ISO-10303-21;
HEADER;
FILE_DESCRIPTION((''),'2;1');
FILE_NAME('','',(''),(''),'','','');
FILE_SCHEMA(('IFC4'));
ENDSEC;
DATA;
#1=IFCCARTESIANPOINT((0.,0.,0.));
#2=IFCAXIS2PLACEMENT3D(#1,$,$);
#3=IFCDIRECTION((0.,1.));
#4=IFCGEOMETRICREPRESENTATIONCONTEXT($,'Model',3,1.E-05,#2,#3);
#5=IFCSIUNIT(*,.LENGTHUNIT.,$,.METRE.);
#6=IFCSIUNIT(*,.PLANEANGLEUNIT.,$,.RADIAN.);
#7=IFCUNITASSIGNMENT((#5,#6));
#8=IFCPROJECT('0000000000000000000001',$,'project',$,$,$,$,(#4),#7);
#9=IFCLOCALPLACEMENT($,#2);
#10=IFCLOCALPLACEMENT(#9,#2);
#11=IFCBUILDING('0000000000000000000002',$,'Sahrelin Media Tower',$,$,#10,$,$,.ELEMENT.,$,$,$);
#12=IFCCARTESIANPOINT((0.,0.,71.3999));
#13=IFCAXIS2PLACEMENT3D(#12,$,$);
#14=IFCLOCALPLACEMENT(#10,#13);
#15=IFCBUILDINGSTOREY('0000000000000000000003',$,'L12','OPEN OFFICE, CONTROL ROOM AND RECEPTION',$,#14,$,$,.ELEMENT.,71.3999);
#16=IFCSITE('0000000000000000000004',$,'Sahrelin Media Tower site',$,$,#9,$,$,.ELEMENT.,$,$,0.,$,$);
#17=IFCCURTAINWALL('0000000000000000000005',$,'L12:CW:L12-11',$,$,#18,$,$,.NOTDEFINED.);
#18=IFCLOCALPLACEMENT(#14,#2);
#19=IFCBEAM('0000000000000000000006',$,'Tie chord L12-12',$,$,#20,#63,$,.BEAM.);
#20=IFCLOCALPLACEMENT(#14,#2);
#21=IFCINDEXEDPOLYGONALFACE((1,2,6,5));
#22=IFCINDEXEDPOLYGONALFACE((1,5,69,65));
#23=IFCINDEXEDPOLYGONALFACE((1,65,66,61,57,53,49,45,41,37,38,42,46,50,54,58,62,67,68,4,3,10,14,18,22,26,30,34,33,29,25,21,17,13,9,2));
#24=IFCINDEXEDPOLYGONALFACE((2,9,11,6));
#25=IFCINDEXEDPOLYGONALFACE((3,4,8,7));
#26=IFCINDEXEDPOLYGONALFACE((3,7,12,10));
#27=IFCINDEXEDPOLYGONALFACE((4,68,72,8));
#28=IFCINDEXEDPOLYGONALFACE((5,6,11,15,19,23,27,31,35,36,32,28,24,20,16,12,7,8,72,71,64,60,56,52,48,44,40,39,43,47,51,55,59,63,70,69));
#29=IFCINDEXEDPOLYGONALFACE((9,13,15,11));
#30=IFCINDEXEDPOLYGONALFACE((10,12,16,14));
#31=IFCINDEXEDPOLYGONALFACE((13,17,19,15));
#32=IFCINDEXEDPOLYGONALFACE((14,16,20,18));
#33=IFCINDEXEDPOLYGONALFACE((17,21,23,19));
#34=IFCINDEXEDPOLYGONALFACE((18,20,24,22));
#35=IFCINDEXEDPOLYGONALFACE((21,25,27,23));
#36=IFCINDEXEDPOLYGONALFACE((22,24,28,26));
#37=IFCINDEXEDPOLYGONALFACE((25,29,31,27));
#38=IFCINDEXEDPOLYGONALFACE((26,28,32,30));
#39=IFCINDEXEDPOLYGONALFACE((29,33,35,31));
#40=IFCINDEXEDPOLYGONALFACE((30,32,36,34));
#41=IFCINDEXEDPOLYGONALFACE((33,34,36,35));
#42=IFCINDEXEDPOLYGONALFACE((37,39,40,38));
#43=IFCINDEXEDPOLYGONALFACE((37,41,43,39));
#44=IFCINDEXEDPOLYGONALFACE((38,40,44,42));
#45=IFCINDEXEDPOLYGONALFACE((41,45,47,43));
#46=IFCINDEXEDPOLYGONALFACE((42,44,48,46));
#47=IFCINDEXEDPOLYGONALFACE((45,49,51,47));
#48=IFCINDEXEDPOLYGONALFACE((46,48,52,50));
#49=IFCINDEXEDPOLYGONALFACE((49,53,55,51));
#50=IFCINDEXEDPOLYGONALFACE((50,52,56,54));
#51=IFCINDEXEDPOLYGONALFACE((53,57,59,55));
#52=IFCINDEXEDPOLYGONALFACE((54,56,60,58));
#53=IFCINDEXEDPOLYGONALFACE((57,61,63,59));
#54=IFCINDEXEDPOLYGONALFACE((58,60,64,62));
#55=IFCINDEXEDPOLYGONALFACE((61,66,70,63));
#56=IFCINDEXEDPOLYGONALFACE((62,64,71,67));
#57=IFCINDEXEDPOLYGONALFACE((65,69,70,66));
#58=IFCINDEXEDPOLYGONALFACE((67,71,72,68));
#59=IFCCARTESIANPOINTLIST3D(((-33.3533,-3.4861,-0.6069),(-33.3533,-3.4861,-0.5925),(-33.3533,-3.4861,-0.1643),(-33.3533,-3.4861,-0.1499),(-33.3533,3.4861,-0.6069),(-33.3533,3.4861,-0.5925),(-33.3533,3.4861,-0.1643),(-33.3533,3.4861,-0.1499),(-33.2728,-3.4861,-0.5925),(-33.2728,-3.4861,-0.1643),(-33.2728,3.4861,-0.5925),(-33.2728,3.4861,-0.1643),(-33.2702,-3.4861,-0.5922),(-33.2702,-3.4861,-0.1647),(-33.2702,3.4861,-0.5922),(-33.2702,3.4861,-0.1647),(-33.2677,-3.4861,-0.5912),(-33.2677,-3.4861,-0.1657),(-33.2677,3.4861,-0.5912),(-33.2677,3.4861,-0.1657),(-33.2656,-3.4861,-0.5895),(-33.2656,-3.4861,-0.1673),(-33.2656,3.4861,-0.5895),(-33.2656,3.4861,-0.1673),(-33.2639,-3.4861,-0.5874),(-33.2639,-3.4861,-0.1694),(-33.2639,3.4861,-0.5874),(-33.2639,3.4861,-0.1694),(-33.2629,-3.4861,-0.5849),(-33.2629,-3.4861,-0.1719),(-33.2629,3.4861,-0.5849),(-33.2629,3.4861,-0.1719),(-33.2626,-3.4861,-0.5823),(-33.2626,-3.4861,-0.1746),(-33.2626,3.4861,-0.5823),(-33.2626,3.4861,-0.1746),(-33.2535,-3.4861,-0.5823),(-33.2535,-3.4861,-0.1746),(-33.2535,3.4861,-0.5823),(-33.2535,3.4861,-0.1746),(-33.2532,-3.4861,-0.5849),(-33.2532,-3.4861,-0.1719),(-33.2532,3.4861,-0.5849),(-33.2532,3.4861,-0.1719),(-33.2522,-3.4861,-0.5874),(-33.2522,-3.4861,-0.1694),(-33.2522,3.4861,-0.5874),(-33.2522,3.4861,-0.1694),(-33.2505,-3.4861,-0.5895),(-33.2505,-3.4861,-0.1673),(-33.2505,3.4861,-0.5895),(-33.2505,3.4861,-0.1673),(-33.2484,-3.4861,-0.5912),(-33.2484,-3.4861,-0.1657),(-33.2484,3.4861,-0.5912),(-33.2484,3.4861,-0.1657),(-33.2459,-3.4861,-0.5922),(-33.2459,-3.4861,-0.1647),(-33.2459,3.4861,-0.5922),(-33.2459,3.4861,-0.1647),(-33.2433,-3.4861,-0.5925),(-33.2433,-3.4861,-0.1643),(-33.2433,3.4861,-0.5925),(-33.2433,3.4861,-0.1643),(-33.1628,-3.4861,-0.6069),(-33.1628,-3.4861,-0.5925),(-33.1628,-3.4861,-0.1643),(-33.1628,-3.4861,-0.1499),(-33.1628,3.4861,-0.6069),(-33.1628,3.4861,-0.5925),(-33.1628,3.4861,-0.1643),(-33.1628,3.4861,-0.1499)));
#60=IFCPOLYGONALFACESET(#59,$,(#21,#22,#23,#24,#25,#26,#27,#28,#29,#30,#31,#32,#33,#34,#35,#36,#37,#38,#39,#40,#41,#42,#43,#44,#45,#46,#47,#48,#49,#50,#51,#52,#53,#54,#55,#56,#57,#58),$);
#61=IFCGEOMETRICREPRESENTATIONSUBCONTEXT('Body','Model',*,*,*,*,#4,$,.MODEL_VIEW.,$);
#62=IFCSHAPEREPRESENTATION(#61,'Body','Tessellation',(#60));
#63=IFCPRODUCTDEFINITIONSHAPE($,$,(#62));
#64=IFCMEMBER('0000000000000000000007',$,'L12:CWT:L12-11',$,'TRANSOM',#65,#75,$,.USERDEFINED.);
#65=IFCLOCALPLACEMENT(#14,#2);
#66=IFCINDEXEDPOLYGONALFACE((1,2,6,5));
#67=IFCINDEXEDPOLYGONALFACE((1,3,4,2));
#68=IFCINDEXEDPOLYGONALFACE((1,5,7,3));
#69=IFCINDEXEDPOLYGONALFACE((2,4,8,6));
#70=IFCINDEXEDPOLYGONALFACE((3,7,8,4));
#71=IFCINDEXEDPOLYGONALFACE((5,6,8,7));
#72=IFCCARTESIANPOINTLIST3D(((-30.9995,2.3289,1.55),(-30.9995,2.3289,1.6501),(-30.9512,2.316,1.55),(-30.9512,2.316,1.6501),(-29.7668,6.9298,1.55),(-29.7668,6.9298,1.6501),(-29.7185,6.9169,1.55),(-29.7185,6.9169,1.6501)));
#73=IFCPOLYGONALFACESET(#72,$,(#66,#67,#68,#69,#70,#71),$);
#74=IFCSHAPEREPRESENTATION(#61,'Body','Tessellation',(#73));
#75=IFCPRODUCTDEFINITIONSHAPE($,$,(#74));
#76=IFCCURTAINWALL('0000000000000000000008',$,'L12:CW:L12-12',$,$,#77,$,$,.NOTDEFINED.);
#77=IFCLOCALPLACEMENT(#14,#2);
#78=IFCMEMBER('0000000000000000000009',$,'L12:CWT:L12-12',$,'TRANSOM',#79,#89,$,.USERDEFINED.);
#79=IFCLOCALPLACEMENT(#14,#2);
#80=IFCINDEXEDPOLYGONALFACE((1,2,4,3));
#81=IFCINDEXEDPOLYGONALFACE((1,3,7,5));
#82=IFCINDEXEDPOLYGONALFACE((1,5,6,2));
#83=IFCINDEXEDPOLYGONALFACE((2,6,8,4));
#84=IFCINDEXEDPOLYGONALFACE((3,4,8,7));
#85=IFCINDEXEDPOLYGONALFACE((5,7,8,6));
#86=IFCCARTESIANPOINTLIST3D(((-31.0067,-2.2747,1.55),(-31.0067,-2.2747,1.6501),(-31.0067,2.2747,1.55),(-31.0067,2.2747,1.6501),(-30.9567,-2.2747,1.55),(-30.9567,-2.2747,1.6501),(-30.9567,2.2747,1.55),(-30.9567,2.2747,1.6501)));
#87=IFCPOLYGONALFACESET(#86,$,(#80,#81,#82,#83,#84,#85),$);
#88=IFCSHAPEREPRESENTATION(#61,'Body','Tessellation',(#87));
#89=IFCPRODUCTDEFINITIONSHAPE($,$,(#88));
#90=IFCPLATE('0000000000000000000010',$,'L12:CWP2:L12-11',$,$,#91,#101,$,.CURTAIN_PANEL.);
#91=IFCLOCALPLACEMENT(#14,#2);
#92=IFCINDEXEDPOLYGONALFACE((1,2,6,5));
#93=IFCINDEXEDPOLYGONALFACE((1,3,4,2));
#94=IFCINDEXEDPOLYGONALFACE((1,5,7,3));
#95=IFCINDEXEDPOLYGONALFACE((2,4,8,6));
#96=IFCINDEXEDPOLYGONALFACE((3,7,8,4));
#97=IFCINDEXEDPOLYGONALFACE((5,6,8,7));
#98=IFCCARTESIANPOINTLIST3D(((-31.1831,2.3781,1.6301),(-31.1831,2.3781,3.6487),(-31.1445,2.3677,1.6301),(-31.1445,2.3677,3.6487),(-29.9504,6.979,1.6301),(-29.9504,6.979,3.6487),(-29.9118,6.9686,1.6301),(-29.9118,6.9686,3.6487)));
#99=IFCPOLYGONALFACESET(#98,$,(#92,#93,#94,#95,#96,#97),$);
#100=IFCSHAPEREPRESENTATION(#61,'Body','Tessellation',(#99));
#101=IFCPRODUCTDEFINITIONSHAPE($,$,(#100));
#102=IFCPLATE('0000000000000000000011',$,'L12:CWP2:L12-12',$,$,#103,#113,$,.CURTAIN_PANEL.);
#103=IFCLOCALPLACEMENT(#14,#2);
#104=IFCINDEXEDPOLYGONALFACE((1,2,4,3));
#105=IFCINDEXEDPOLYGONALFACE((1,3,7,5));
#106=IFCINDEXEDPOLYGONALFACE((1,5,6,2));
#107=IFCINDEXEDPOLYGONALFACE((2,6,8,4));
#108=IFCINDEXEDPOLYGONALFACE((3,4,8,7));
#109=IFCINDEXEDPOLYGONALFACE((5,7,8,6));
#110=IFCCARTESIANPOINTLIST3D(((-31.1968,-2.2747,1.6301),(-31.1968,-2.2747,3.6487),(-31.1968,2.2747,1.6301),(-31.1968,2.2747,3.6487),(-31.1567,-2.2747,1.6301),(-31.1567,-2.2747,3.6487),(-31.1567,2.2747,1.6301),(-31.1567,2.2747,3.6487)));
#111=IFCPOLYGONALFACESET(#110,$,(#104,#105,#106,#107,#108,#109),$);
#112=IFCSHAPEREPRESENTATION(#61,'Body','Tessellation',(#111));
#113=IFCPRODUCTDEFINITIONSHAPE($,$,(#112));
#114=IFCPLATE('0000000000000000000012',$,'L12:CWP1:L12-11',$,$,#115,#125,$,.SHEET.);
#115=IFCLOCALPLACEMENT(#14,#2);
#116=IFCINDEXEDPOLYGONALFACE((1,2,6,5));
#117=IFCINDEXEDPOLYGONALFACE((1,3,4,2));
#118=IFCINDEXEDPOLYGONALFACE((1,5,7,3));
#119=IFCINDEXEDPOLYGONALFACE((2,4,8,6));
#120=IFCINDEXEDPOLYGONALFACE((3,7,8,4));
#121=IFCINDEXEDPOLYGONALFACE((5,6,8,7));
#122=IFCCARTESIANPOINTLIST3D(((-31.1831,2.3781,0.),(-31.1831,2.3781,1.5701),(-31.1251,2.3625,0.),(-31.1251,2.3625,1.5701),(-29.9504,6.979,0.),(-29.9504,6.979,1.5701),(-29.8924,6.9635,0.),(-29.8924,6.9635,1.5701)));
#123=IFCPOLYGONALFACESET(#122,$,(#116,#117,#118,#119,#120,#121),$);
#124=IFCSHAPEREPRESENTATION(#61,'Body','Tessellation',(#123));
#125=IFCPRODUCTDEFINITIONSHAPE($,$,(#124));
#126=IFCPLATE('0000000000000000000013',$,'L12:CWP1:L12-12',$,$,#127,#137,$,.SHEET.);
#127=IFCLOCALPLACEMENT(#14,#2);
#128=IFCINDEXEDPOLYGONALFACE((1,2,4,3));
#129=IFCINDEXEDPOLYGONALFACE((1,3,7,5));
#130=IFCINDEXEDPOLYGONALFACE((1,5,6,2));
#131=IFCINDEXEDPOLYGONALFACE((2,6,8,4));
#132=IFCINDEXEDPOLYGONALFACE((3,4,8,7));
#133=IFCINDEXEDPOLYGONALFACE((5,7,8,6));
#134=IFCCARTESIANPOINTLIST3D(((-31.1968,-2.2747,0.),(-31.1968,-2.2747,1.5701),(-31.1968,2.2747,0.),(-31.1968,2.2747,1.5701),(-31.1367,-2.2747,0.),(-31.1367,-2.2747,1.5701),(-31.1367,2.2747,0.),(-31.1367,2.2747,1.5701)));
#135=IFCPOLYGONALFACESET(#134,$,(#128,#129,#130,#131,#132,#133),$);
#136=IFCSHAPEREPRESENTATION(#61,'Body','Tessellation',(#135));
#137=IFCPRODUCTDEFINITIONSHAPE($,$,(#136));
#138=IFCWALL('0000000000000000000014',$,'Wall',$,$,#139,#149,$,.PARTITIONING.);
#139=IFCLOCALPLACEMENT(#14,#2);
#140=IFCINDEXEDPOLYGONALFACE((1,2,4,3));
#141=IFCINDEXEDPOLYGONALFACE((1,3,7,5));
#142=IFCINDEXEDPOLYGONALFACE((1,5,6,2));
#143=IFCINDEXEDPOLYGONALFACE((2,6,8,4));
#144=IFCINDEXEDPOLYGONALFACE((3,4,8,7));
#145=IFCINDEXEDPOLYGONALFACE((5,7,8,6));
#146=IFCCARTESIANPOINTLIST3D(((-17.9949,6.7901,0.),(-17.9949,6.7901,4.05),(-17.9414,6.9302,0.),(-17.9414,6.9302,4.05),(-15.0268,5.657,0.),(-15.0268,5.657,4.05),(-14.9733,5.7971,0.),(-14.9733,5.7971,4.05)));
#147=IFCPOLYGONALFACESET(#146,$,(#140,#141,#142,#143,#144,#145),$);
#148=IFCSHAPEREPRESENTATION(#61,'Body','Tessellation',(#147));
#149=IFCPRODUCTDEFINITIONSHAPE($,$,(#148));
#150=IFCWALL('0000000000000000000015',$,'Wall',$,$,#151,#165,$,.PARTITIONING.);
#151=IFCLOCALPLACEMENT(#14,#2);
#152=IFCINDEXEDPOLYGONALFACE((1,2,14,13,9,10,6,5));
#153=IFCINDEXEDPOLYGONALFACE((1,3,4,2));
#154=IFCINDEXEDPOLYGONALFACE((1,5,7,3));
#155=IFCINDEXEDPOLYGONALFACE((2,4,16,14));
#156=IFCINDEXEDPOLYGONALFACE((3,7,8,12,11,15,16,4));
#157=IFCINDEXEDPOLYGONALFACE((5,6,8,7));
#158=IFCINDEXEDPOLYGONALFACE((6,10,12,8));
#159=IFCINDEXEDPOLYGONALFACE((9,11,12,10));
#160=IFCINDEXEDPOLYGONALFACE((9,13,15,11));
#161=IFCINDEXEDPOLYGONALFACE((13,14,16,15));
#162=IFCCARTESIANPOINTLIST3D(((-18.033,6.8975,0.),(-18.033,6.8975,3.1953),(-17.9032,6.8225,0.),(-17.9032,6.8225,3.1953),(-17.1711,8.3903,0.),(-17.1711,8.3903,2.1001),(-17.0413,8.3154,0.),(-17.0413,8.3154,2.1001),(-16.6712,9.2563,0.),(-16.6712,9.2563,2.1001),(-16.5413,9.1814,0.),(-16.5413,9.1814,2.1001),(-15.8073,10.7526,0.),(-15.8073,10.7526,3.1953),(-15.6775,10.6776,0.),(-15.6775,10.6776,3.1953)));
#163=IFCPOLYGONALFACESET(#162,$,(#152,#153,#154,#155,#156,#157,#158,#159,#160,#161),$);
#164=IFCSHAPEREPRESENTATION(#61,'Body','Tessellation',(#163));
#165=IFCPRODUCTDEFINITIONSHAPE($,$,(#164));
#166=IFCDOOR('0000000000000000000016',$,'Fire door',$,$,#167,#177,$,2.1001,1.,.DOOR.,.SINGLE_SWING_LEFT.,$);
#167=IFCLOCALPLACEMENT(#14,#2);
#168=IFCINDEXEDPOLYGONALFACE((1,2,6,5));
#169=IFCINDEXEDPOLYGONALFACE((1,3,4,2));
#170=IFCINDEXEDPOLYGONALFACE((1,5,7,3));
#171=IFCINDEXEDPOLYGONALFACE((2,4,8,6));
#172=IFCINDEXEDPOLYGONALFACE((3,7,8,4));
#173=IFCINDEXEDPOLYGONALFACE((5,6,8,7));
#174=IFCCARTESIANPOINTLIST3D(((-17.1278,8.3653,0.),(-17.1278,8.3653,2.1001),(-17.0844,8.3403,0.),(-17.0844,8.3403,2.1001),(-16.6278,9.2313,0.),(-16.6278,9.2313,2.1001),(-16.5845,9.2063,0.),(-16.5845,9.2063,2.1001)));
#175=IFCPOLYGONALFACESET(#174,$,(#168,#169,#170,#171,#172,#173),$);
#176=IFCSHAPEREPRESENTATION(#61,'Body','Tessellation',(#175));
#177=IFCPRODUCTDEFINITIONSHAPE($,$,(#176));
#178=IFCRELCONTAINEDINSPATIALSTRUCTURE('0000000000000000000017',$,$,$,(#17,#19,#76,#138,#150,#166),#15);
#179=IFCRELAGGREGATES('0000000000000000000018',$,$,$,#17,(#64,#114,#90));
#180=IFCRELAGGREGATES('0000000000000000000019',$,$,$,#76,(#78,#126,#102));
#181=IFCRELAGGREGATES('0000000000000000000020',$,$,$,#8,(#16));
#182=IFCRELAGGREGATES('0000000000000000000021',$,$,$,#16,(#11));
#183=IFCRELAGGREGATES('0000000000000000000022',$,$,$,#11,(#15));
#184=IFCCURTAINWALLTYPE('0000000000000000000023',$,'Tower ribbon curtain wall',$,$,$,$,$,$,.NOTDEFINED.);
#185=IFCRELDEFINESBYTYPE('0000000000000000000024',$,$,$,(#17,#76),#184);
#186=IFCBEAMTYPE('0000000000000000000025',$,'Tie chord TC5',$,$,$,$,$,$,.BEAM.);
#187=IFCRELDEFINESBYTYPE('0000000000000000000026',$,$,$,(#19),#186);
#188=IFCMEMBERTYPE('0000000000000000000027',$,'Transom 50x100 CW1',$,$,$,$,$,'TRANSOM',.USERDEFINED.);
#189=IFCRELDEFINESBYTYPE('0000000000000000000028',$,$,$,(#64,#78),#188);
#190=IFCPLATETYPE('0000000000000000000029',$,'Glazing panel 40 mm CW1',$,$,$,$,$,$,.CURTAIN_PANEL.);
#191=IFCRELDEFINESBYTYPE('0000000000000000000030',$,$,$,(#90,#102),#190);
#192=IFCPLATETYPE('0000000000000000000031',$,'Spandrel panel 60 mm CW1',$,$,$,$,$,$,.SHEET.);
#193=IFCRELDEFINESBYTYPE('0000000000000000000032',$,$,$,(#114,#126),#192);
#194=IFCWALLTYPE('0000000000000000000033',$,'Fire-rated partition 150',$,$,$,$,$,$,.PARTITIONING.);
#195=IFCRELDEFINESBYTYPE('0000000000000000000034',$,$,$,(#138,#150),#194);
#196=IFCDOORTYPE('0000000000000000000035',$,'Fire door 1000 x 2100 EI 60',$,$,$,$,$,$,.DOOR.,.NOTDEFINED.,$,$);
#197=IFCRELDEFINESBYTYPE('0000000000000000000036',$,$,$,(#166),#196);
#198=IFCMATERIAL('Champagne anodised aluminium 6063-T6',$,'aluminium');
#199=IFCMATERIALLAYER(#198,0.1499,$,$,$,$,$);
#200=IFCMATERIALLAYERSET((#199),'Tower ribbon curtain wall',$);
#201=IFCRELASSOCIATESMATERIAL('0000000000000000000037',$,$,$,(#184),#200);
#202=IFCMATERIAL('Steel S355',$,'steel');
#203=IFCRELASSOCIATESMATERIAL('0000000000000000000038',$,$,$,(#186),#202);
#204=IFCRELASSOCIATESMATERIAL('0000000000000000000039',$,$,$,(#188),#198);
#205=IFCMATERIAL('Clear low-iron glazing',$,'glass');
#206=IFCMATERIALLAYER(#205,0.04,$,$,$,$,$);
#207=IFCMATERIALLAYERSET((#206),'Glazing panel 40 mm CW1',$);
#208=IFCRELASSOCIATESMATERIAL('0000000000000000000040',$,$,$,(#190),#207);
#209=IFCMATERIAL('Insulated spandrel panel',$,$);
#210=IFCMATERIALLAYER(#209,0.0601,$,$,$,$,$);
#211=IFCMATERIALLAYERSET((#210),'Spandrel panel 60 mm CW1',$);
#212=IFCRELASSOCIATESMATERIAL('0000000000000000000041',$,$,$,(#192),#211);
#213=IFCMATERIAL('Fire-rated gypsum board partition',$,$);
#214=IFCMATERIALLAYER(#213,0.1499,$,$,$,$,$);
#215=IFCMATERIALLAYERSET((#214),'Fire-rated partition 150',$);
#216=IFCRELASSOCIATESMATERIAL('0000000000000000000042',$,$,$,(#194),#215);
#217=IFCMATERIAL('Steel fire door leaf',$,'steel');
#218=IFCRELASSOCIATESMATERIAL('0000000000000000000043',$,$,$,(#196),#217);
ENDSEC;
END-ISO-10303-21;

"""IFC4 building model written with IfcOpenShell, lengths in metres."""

from ifc_helpers import new_model, si_unit, direction, frame, frame_2d, origin, origin_2d, place, context, subcontext, project, spatial, polyline, rectangle, i_section, outline, extrude, material, layer, layer_set, material_profile, profile_set, type_object, element, fill, aggregate, save


model = new_model("IFC4")

# Units and contexts
model_context = context("Model", 3, precision=1e-05, world=origin(), true_north=direction((0.0, 1.0)))
body_context = subcontext(model_context, "Body", "Model", "MODEL_VIEW")
ifc_project = project(units=[si_unit("LENGTHUNIT", "METRE"), si_unit("PLANEANGLEUNIT", "RADIAN")], contexts=[model_context])

# Site, building, storey
site_placement = place(None, origin())
site = spatial("IfcSite", under=ifc_project, at=site_placement, Name="Sahrelin Media Tower site", CompositionType="ELEMENT", RefElevation=0.0)
building_placement = place(site_placement, origin())
building = spatial("IfcBuilding", under=site, at=building_placement, Name="Sahrelin Media Tower", CompositionType="ELEMENT")
storey_placement = place(building_placement, frame((0.0, 0.0, 71.3999)))
storey = spatial("IfcBuildingStorey", under=building, at=storey_placement, Name="L12", Description="OPEN OFFICE, CONTROL ROOM AND RECEPTION", CompositionType="ELEMENT", Elevation=71.3999)

# Shared definitions
ifc_material_1 = material(Name="Steel S355", Category="steel")

# Curtain wall
ifc_material_2 = material(Name="Champagne anodised aluminium 6063-T6", Category="aluminium")
ifc_layer_1 = layer(ifc_material_2, 0.1499)
ifc_layer_set_1 = layer_set([ifc_layer_1], Name="Tower ribbon curtain wall")
curtain_wall_type = type_object("IfcCurtainWallType", Name="Tower ribbon curtain wall", PredefinedType="NOTDEFINED", material=ifc_layer_set_1)
curtain_wall_1_placement = place(storey_placement, frame((-30.5474, 4.6733, 0.0), z_axis=(0.0, 0.0, 1.0), x_axis=(1.0, 0.0, 0.0)))
curtain_wall_1 = element("IfcCurtainWall", 1, at=curtain_wall_1_placement, inside=storey, type_object=curtain_wall_type, Name="L12:CW:L12-11", PredefinedType="NOTDEFINED")

# Beam
ifc_material_profile_1 = material_profile(ifc_material_1, i_section(OverallWidth=0.1904, OverallDepth=0.457, WebThickness=0.009, FlangeThickness=0.0144, FilletRadius=0.0103, at=origin_2d()), Name="UB 457x191x74")
ifc_profile_set_1 = profile_set([ifc_material_profile_1], Name="Steel S355")
beam_type_1 = type_object("IfcBeamType", Name="Tie chord TC5", PredefinedType="BEAM", material=ifc_profile_set_1)
beam_1_placement = place(storey_placement, frame((-33.2581, 3.4861, -0.3784), z_axis=(0.0, -1.0, 0.0), x_axis=(1.0, 0.0, 0.0)))
element("IfcBeam", 2, at=beam_1_placement, inside=storey, type_object=beam_type_1, Name="Tie chord L12-12", PredefinedType="BEAM", context=body_context, shape_type="SweptSolid", body=[
    extrude(i_section(OverallWidth=0.1904, OverallDepth=0.457, WebThickness=0.009, FlangeThickness=0.0144, FilletRadius=0.0103, at=origin_2d()), origin(), (0.0, 0.0, 1.0), 6.9722),
])

# Member
ifc_material_profile_2 = material_profile(ifc_material_2, rectangle(XDim=0.05, YDim=0.1001, at=origin_2d()), Name="Transom 50x100")
ifc_profile_set_2 = profile_set([ifc_material_profile_2], Name="Champagne anodised aluminium 6063-T6")
member_type_1 = type_object("IfcMemberType", Name="Transom 50x100 CW1", ElementType="TRANSOM", PredefinedType="USERDEFINED", material=ifc_profile_set_2)
member_1_placement = place(storey_placement, frame((-29.7427, 6.9233, 1.6001), z_axis=(-0.258795, -0.965932, 0.0), x_axis=(0.965932, -0.258795, 0.0)))
member_1 = element("IfcMember", 3, at=member_1_placement, type_object=member_type_1, Name="L12:CWT:L12-11", ObjectType="TRANSOM", PredefinedType="USERDEFINED", context=body_context, shape_type="SweptSolid", body=[
    extrude(rectangle(XDim=0.05, YDim=0.1001, at=origin_2d()), origin(), (0.0, 0.0, 1.0), 4.7632),
])

# Curtain wall, member
curtain_wall_2_placement = place(storey_placement, frame((-31.1768, 0.0, 0.0), z_axis=(0.0, 0.0, 1.0), x_axis=(1.0, 0.0, 0.0)))
curtain_wall_2 = element("IfcCurtainWall", 4, at=curtain_wall_2_placement, inside=storey, type_object=curtain_wall_type, Name="L12:CW:L12-12", PredefinedType="NOTDEFINED")
member_2_placement = place(storey_placement, frame((-30.9817, 2.2747, 1.6001), z_axis=(0.0, -1.0, 0.0), x_axis=(1.0, 0.0, 0.0)))
member_2 = element("IfcMember", 5, at=member_2_placement, type_object=member_type_1, Name="L12:CWT:L12-12", ObjectType="TRANSOM", PredefinedType="USERDEFINED", context=body_context, shape_type="SweptSolid", body=[
    extrude(rectangle(XDim=0.05, YDim=0.1001, at=origin_2d()), origin(), (0.0, 0.0, 1.0), 4.5493),
])

# Plates
ifc_material_3 = material(Name="Clear low-iron glazing", Category="glass")
ifc_layer_2 = layer(ifc_material_3, 0.04)
ifc_layer_set_2 = layer_set([ifc_layer_2], Name="Glazing panel 40 mm CW1")
plate_type_1 = type_object("IfcPlateType", Name="Glazing panel 40 mm CW1", PredefinedType="CURTAIN_PANEL", material=ifc_layer_set_2)
plate_1_placement = place(storey_placement, frame((-29.9504, 6.979, 1.6301), z_axis=(-0.965932, 0.258795, 0.0), x_axis=(-0.258795, -0.965932, 0.0)))
plate_1 = element("IfcPlate", 6, at=plate_1_placement, type_object=plate_type_1, Name="L12:CWP2:L12-11", PredefinedType="CURTAIN_PANEL", context=body_context, shape_type="SweptSolid", body=[
    extrude(outline(polyline([(0.0, 0.0), (4.7632, 0.0), (4.7632, 2.0186), (0.0, 2.0186), (0.0, 0.0)])), origin(), (0.0, 0.0, -1.0), 0.04),
])
plate_2_placement = place(storey_placement, frame((-31.1968, 2.2747, 1.6301), z_axis=(-1.0, 0.0, 0.0), x_axis=(0.0, -1.0, 0.0)))
plate_2 = element("IfcPlate", 7, at=plate_2_placement, type_object=plate_type_1, Name="L12:CWP2:L12-12", PredefinedType="CURTAIN_PANEL", context=body_context, shape_type="SweptSolid", body=[
    extrude(outline(polyline([(0.0, 0.0), (4.5493, 0.0), (4.5493, 2.0186), (0.0, 2.0186), (0.0, 0.0)])), origin(), (0.0, 0.0, -1.0), 0.04),
])
ifc_material_4 = material(Name="Insulated spandrel panel")
ifc_layer_3 = layer(ifc_material_4, 0.0601)
ifc_layer_set_3 = layer_set([ifc_layer_3], Name="Spandrel panel 60 mm CW1")
plate_type_2 = type_object("IfcPlateType", Name="Spandrel panel 60 mm CW1", PredefinedType="SHEET", material=ifc_layer_set_3)
plate_3_placement = place(storey_placement, frame((-29.9504, 6.979, 0.0), z_axis=(-0.965932, 0.258795, 0.0), x_axis=(-0.258795, -0.965932, 0.0)))
plate_3 = element("IfcPlate", 8, at=plate_3_placement, type_object=plate_type_2, Name="L12:CWP1:L12-11", PredefinedType="SHEET", context=body_context, shape_type="SweptSolid", body=[
    extrude(outline(polyline([(0.0, 0.0), (4.7632, 0.0), (4.7632, 1.5701), (0.0, 1.5701), (0.0, 0.0)])), origin(), (0.0, 0.0, -1.0), 0.0601),
])
aggregate(curtain_wall_1, [member_1, plate_3, plate_1])
plate_4_placement = place(storey_placement, frame((-31.1968, 2.2747, 0.0), z_axis=(-1.0, 0.0, 0.0), x_axis=(0.0, -1.0, 0.0)))
plate_4 = element("IfcPlate", 9, at=plate_4_placement, type_object=plate_type_2, Name="L12:CWP1:L12-12", PredefinedType="SHEET", context=body_context, shape_type="SweptSolid", body=[
    extrude(outline(polyline([(0.0, 0.0), (4.5493, 0.0), (4.5493, 1.5701), (0.0, 1.5701), (0.0, 0.0)])), origin(), (0.0, 0.0, -1.0), 0.0601),
])
aggregate(curtain_wall_2, [member_2, plate_4, plate_2])

# Wall
ifc_material_5 = material(Name="Fire-rated gypsum board partition")
ifc_layer_4 = layer(ifc_material_5, 0.1499)
ifc_layer_set_4 = layer_set([ifc_layer_4], Name="Fire-rated partition 150")
wall_type_1 = type_object("IfcWallType", Name="Fire-rated partition 150", PredefinedType="PARTITIONING", material=ifc_layer_set_4)
wall_1_placement = place(storey_placement, frame((-17.968, 6.8601, 0.0), z_axis=(0.0, 0.0, 1.0), x_axis=(0.934238, -0.35665, 0.0)))
element("IfcWall", 10, at=wall_1_placement, inside=storey, type_object=wall_type_1, Name="Wall", PredefinedType="PARTITIONING", context=body_context, shape_type="SweptSolid", body=[
    extrude(rectangle(XDim=3.177, YDim=0.1499, at=frame_2d((1.5884, 0.0))), origin(), (0.0, 0.0, 1.0), 4.05),
])

# Wall, opening, door
wall_2_placement = place(storey_placement, frame((-17.968, 6.8601, 0.0), z_axis=(0.0, 0.0, 1.0), x_axis=(0.499985, 0.866034, 0.0)))
wall_2 = element("IfcWall", 11, at=wall_2_placement, inside=storey, type_object=wall_type_1, Name="Wall", PredefinedType="PARTITIONING", context=body_context, shape_type="SweptSolid", body=[
    extrude(rectangle(XDim=4.4514, YDim=0.1499, at=frame_2d((2.2256, 0.0))), origin(), (0.0, 0.0, 1.0), 3.1953),
])
opening_1_placement = place(wall_2_placement, frame((1.7236, 0.0, 0.0)))
opening_1 = element("IfcOpeningElement", 12, at=opening_1_placement, cuts=wall_2, PredefinedType="OPENING", context=body_context, shape_type="SweptSolid", body=[
    extrude(rectangle(XDim=1.0, YDim=2.1001, at=frame_2d((0.5, 1.05))), frame((0.0, 0.075, 0.0), z_axis=(0.0, -1.0, 0.0), x_axis=(1.0, 0.0, 0.0)), (0.0, 0.0, 1.0), 0.1499),
])
ifc_material_6 = material(Name="Steel fire door leaf", Category="steel")
door_type = type_object("IfcDoorType", Name="Fire door 1000 x 2100 EI 60", OperationType="NOTDEFINED", PredefinedType="DOOR", material=ifc_material_6)
door_1_placement = place(opening_1_placement, origin())
door_1 = element("IfcDoor", 13, at=door_1_placement, inside=storey, type_object=door_type, Name="Fire door", OperationType="SINGLE_SWING_LEFT", OverallHeight=2.1001, OverallWidth=1.0, PredefinedType="DOOR", context=body_context, shape_type="SweptSolid", body=[
    extrude(rectangle(XDim=1.0, YDim=2.1001, at=frame_2d((0.5, 1.05))), frame((0.0, 0.0249, 0.0), z_axis=(0.0, -1.0, 0.0), x_axis=(1.0, 0.0, 0.0)), (0.0, 0.0, 1.0), 0.05),
])
fill(opening_1, door_1)

save(model, "model.ifc")
